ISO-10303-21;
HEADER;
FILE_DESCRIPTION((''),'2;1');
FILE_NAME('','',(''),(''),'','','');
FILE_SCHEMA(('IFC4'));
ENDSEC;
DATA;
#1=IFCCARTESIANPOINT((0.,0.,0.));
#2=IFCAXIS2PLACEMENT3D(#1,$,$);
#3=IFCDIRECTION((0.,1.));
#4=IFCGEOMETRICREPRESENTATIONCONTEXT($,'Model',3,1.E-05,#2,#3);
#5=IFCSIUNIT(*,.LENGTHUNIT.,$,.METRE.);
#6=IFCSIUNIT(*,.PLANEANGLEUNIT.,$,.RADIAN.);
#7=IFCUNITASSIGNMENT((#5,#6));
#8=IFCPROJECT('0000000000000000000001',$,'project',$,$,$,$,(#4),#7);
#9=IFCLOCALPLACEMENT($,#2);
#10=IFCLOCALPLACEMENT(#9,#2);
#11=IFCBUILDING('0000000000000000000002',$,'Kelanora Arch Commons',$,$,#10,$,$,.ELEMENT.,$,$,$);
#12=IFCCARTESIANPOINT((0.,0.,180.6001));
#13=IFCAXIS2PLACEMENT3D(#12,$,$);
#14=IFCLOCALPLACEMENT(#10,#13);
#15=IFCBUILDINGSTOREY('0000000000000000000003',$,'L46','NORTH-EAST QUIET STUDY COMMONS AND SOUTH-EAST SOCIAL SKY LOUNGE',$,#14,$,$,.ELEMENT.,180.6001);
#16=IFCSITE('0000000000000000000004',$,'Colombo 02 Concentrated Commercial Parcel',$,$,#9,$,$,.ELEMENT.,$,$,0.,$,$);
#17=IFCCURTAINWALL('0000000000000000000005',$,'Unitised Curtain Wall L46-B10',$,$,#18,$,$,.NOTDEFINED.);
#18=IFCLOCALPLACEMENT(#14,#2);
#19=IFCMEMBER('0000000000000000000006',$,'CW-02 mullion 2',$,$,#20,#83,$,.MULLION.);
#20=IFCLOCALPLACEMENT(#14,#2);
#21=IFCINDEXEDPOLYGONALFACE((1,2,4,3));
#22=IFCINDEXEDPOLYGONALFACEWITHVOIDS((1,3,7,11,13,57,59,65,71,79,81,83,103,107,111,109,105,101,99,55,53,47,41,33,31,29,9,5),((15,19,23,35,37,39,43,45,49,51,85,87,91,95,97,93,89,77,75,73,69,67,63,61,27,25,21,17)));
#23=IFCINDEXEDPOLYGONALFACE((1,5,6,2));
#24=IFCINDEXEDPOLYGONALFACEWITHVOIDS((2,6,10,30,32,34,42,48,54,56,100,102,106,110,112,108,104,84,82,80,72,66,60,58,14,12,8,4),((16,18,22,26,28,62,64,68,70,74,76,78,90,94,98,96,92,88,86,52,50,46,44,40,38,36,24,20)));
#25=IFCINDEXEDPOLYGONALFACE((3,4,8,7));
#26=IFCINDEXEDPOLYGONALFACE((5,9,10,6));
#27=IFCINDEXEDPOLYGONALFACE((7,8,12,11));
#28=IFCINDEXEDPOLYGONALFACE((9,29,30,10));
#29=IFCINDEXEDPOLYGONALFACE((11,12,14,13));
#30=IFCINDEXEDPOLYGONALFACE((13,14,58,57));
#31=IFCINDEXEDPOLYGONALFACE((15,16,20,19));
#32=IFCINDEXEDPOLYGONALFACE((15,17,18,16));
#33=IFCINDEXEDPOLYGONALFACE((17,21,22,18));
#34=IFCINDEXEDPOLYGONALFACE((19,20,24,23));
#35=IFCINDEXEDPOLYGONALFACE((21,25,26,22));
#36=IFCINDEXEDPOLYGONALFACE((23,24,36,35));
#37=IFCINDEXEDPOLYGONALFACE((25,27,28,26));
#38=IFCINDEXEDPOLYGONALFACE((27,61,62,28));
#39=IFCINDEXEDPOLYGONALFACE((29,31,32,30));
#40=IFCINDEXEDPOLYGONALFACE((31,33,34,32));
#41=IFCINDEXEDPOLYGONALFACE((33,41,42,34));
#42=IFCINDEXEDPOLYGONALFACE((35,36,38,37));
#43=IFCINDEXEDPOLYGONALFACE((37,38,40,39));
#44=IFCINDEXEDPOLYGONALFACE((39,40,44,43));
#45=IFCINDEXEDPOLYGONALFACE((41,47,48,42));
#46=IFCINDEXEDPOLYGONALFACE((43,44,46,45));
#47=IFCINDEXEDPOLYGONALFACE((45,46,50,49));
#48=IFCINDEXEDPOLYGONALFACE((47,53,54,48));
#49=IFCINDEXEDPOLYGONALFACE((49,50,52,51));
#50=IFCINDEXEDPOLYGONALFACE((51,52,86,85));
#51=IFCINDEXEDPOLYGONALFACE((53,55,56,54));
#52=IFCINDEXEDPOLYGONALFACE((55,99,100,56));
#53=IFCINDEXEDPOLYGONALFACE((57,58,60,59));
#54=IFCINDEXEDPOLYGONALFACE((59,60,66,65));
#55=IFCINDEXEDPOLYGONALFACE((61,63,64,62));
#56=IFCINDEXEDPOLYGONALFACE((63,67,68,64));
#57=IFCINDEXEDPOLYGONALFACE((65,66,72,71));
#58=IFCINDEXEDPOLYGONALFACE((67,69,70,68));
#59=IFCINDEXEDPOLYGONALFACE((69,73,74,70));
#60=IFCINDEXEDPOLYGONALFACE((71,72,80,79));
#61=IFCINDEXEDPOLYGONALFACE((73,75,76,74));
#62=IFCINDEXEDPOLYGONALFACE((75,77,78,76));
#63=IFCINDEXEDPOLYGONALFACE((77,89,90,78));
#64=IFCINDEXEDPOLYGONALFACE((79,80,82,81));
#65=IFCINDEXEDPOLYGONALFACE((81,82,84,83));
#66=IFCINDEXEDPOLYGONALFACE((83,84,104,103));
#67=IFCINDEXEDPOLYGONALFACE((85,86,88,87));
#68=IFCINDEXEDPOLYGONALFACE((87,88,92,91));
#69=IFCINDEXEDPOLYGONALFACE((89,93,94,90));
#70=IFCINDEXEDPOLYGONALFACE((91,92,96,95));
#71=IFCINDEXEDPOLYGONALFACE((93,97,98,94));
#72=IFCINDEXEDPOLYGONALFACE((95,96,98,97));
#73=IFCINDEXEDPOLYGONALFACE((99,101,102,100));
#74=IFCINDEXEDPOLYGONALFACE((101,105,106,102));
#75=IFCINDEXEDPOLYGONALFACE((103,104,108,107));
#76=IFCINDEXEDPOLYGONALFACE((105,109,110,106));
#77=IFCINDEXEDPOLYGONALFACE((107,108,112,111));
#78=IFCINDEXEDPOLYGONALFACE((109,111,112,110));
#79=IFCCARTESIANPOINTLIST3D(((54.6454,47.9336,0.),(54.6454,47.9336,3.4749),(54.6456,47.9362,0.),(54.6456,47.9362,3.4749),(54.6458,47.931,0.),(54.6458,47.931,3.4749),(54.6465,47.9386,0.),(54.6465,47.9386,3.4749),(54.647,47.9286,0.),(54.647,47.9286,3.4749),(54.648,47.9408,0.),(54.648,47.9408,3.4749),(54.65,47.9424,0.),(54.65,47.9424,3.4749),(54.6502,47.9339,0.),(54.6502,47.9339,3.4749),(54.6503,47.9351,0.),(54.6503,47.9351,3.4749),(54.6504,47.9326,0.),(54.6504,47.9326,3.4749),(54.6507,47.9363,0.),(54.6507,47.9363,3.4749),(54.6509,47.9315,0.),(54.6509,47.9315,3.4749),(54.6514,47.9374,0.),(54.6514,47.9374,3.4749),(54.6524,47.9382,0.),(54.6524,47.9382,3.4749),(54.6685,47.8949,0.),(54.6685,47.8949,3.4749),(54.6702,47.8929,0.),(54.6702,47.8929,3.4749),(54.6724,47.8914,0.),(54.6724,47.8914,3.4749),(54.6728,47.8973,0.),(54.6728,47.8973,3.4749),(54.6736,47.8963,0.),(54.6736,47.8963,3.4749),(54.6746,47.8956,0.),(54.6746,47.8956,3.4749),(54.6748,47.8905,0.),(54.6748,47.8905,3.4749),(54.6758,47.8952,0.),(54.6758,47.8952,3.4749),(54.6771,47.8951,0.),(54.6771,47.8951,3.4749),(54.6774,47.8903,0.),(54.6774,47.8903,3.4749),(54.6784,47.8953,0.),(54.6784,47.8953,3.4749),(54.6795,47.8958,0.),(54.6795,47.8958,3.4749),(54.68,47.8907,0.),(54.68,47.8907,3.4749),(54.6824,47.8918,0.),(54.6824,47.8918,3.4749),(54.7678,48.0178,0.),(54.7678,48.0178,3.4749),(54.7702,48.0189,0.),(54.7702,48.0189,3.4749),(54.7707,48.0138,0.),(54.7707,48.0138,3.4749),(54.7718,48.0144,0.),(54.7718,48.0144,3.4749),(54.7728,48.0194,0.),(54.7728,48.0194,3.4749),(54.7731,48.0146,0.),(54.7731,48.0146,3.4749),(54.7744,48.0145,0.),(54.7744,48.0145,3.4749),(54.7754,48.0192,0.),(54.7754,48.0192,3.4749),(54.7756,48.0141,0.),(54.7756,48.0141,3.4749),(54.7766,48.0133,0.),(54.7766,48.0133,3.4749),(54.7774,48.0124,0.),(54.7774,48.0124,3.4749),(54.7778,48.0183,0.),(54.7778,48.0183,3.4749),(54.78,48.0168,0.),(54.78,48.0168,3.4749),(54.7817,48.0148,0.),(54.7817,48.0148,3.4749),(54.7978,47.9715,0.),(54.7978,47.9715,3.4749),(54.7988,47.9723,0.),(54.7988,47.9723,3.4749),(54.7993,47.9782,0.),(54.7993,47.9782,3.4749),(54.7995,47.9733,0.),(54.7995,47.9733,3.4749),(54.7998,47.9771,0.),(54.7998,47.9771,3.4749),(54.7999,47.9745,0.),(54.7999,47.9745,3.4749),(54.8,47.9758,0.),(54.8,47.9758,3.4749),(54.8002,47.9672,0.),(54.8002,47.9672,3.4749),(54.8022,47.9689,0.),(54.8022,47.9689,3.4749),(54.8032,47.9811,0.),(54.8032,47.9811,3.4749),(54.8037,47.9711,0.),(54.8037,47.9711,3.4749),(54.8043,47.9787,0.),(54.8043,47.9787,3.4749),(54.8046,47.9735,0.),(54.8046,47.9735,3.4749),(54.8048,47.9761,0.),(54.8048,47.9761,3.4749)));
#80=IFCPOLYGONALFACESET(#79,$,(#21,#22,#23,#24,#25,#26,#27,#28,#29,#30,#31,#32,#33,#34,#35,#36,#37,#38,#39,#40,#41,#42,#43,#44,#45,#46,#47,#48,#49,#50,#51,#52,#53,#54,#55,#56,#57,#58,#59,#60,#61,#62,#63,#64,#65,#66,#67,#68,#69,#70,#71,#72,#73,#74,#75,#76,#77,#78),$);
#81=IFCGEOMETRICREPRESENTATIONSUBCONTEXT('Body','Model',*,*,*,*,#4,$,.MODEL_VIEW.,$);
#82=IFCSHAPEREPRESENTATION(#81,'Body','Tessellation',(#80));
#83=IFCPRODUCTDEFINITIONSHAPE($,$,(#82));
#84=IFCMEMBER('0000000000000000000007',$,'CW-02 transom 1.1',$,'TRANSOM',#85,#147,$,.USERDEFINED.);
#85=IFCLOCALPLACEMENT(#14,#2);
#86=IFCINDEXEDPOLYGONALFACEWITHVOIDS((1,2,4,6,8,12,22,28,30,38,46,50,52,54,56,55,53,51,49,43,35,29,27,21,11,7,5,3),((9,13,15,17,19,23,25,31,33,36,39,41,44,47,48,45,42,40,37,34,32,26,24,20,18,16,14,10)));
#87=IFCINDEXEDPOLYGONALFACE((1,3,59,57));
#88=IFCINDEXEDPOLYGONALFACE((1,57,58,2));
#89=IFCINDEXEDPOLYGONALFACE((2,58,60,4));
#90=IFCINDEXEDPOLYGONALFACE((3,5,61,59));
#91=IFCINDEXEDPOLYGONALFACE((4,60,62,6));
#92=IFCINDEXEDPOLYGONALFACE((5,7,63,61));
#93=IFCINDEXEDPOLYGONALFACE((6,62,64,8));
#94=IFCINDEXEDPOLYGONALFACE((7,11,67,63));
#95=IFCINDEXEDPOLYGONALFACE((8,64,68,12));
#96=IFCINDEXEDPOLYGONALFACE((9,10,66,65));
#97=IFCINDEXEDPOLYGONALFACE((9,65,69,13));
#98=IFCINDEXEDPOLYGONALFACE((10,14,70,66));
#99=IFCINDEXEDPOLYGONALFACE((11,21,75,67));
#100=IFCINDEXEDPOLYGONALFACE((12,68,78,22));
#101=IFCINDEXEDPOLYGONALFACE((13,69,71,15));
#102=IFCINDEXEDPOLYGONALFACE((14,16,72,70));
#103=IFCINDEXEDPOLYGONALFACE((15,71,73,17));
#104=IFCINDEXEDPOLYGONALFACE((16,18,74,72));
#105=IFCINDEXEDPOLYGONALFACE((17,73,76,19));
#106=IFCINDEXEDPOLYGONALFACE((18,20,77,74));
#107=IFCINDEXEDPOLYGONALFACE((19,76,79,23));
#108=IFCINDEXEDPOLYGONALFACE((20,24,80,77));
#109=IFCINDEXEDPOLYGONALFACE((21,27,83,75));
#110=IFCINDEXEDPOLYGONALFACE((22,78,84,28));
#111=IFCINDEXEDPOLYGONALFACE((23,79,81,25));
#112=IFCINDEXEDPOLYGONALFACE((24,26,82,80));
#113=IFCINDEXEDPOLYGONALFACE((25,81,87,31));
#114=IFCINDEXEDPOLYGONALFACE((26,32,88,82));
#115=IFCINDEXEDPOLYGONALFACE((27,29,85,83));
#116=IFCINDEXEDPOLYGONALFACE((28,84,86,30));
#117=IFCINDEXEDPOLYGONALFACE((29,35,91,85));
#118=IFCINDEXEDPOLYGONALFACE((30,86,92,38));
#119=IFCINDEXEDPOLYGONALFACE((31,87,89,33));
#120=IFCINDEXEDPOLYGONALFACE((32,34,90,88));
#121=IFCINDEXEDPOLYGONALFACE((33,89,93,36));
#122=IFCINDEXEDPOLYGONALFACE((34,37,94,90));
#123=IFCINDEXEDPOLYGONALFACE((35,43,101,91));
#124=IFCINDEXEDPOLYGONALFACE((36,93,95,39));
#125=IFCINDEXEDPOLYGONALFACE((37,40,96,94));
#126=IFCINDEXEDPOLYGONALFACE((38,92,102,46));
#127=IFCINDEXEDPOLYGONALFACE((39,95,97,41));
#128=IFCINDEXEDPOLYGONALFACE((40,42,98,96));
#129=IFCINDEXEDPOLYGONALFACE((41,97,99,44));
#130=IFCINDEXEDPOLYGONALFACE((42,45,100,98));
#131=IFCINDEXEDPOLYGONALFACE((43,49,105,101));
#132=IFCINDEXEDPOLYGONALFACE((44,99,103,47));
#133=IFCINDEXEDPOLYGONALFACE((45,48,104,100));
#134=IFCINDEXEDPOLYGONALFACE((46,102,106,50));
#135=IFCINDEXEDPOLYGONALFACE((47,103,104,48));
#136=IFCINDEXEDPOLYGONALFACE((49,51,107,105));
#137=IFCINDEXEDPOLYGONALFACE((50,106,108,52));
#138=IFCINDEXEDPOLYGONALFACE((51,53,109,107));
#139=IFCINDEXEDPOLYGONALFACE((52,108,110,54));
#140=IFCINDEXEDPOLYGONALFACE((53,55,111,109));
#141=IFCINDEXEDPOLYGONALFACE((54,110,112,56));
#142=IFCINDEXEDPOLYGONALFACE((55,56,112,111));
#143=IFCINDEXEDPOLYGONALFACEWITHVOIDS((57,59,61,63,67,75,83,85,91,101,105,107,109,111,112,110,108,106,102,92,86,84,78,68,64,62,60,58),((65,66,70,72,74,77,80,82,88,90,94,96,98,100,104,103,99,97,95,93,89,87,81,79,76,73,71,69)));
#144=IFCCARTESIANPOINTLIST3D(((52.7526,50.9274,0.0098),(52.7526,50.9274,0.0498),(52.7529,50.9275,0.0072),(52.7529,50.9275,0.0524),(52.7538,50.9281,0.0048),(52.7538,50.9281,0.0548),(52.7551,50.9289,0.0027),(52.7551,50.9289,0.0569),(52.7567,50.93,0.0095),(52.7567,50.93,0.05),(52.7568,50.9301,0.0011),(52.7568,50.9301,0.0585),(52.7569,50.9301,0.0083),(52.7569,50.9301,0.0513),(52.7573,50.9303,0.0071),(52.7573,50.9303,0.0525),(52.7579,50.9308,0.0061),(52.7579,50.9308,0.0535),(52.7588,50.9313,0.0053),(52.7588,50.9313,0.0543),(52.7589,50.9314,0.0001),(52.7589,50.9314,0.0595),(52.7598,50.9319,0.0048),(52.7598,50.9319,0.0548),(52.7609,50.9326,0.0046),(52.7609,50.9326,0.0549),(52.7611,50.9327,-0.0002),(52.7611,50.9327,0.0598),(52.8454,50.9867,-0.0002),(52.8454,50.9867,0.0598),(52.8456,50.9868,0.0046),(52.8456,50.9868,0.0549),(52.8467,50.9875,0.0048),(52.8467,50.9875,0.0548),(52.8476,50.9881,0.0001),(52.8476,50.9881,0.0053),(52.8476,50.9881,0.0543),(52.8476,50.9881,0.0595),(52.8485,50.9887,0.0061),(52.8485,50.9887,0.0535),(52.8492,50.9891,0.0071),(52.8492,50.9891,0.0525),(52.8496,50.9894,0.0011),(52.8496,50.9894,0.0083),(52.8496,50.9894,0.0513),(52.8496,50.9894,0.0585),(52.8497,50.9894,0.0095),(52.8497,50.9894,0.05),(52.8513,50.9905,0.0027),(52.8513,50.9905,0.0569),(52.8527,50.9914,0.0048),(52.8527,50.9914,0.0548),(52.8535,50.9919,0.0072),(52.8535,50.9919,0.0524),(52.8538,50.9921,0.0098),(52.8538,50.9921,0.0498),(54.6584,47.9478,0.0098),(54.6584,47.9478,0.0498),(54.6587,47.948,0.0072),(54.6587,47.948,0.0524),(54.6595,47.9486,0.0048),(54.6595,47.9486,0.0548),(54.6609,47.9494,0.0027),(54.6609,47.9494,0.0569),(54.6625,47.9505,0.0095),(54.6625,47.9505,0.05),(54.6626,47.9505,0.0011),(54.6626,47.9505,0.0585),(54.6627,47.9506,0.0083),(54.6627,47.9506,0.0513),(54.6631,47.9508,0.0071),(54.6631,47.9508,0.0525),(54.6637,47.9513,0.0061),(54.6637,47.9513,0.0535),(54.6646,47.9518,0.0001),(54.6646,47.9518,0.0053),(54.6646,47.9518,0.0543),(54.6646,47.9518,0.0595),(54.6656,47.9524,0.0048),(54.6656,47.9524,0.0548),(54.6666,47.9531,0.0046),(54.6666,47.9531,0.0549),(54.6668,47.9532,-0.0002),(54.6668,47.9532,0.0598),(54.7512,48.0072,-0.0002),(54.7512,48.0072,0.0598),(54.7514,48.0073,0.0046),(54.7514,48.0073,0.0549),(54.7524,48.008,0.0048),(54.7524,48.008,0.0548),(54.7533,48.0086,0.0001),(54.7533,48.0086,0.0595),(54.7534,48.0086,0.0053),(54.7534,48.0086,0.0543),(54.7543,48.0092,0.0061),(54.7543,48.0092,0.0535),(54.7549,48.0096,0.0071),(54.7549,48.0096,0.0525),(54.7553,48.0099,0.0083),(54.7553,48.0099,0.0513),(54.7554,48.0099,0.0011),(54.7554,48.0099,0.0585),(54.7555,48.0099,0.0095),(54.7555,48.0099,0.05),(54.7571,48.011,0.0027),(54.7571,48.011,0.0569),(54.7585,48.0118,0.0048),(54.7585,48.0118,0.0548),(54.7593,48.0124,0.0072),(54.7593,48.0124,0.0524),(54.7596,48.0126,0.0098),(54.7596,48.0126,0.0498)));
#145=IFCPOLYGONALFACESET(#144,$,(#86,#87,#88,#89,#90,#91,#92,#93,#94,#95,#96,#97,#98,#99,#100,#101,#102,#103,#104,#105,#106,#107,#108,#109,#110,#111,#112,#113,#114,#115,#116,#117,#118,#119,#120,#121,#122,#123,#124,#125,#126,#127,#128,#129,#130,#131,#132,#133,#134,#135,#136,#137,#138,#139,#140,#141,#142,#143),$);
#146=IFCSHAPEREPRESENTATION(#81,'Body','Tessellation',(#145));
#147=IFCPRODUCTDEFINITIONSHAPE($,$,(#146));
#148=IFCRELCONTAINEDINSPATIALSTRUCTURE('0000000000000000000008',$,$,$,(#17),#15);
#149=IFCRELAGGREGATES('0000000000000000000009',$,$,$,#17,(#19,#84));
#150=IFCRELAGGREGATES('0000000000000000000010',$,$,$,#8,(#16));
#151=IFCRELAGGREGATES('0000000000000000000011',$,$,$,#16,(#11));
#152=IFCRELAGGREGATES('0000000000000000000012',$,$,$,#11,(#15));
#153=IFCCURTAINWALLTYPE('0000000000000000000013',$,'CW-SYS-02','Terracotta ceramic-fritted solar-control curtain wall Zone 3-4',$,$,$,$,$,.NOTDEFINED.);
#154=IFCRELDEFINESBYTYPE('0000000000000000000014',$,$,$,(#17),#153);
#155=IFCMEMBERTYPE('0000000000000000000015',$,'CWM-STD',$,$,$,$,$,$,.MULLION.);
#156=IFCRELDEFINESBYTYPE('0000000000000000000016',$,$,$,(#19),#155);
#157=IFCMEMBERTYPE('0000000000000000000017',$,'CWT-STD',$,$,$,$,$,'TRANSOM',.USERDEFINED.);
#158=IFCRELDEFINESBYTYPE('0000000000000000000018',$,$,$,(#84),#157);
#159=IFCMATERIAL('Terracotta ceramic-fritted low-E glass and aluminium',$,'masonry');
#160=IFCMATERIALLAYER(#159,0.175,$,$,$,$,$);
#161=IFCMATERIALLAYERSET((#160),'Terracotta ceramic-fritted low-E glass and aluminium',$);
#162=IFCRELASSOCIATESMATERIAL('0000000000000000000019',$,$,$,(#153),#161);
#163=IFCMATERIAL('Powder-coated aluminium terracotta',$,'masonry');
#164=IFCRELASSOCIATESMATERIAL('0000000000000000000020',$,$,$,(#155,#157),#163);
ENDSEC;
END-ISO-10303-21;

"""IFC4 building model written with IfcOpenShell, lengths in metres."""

from ifc_helpers import new_model, si_unit, direction, frame, origin, origin_2d, place, context, subcontext, project, spatial, hollow_rectangle, extrude, material, layer, layer_set, material_profile, profile_set, type_object, element, aggregate, save


model = new_model("IFC4")

# Units and contexts
model_context = context("Model", 3, precision=1e-05, world=origin(), true_north=direction((0.0, 1.0)))
body_context = subcontext(model_context, "Body", "Model", "MODEL_VIEW")
ifc_project = project(units=[si_unit("LENGTHUNIT", "METRE"), si_unit("PLANEANGLEUNIT", "RADIAN")], contexts=[model_context])

# Site, building, storey
site_placement = place(None, origin())
site = spatial("IfcSite", under=ifc_project, at=site_placement, Name="Colombo 02 Concentrated Commercial Parcel", CompositionType="ELEMENT", RefElevation=0.0)
building_placement = place(site_placement, origin())
building = spatial("IfcBuilding", under=site, at=building_placement, Name="Kelanora Arch Commons", CompositionType="ELEMENT")
storey_placement = place(building_placement, frame((0.0, 0.0, 180.6001)))
storey = spatial("IfcBuildingStorey", under=building, at=storey_placement, Name="L46", Description="NORTH-EAST QUIET STUDY COMMONS AND SOUTH-EAST SOCIAL SKY LOUNGE", CompositionType="ELEMENT", Elevation=180.6001)

# Shared definitions
ifc_material_1 = material(Name="Terracotta ceramic-fritted low-E glass and aluminium", Category="masonry")
ifc_layer_1 = layer(ifc_material_1, 0.175)
ifc_layer_set_1 = layer_set([ifc_layer_1], Name="Terracotta ceramic-fritted low-E glass and aluminium")
curtain_wall_type = type_object("IfcCurtainWallType", Name="CW-SYS-02", Description="Terracotta ceramic-fritted solar-control curtain wall Zone 3-4", PredefinedType="NOTDEFINED", material=ifc_layer_set_1)
ifc_material_2 = material(Name="Powder-coated aluminium terracotta", Category="masonry")
ifc_material_profile_1 = material_profile(ifc_material_2, hollow_rectangle(XDim=0.1599, YDim=0.0601, WallThickness=0.0049, InnerFilletRadius=0.0049, OuterFilletRadius=0.01, at=origin_2d()), Name="CWM160x60")
ifc_profile_set_1 = profile_set([ifc_material_profile_1], Name="Powder-coated aluminium terracotta")
member_type_1 = type_object("IfcMemberType", Name="CWM-STD", PredefinedType="MULLION", material=ifc_profile_set_1)

# Curtain wall, members
curtain_wall_1_placement = place(storey_placement, origin())
curtain_wall_1 = element("IfcCurtainWall", 1, at=curtain_wall_1_placement, inside=storey, type_object=curtain_wall_type, Name="Unitised Curtain Wall L46-B10", PredefinedType="NOTDEFINED")
member_1_placement = place(storey_placement, frame((54.7251, 47.9548, 0.0), z_axis=(0.0, 0.0, 1.0), x_axis=(0.842423, 0.538817, 0.0)))
member_1 = element("IfcMember", 2, at=member_1_placement, type_object=member_type_1, Name="CW-02 mullion 2", PredefinedType="MULLION", context=body_context, shape_type="SweptSolid", body=[
    extrude(hollow_rectangle(XDim=0.1599, YDim=0.0601, WallThickness=0.0049, InnerFilletRadius=0.0049, OuterFilletRadius=0.01, at=origin_2d()), origin(), (0.0, 0.0, 1.0), 3.4749),
])
ifc_material_profile_2 = material_profile(ifc_material_2, hollow_rectangle(XDim=0.1201, YDim=0.0601, WallThickness=0.0049, InnerFilletRadius=0.0049, OuterFilletRadius=0.01, at=origin_2d()), Name="CWT120x60")
ifc_profile_set_2 = profile_set([ifc_material_profile_2], Name="Powder-coated aluminium terracotta")
member_type_2 = type_object("IfcMemberType", Name="CWT-STD", ElementType="TRANSOM", PredefinedType="USERDEFINED", material=ifc_profile_set_2)
member_2_placement = place(storey_placement, frame((52.8032, 50.9597, 0.0298), z_axis=(0.53883, -0.842414, 0.0), x_axis=(0.842414, 0.53883, 0.0)))
member_2 = element("IfcMember", 3, at=member_2_placement, type_object=member_type_2, Name="CW-02 transom 1.1", ObjectType="TRANSOM", PredefinedType="USERDEFINED", context=body_context, shape_type="SweptSolid", body=[
    extrude(hollow_rectangle(XDim=0.1201, YDim=0.0601, WallThickness=0.0049, InnerFilletRadius=0.0049, OuterFilletRadius=0.01, at=origin_2d()), origin(), (0.0, 0.0, 1.0), 3.5369),
])

aggregate(curtain_wall_1, [member_1, member_2])

save(model, "model.ifc")
